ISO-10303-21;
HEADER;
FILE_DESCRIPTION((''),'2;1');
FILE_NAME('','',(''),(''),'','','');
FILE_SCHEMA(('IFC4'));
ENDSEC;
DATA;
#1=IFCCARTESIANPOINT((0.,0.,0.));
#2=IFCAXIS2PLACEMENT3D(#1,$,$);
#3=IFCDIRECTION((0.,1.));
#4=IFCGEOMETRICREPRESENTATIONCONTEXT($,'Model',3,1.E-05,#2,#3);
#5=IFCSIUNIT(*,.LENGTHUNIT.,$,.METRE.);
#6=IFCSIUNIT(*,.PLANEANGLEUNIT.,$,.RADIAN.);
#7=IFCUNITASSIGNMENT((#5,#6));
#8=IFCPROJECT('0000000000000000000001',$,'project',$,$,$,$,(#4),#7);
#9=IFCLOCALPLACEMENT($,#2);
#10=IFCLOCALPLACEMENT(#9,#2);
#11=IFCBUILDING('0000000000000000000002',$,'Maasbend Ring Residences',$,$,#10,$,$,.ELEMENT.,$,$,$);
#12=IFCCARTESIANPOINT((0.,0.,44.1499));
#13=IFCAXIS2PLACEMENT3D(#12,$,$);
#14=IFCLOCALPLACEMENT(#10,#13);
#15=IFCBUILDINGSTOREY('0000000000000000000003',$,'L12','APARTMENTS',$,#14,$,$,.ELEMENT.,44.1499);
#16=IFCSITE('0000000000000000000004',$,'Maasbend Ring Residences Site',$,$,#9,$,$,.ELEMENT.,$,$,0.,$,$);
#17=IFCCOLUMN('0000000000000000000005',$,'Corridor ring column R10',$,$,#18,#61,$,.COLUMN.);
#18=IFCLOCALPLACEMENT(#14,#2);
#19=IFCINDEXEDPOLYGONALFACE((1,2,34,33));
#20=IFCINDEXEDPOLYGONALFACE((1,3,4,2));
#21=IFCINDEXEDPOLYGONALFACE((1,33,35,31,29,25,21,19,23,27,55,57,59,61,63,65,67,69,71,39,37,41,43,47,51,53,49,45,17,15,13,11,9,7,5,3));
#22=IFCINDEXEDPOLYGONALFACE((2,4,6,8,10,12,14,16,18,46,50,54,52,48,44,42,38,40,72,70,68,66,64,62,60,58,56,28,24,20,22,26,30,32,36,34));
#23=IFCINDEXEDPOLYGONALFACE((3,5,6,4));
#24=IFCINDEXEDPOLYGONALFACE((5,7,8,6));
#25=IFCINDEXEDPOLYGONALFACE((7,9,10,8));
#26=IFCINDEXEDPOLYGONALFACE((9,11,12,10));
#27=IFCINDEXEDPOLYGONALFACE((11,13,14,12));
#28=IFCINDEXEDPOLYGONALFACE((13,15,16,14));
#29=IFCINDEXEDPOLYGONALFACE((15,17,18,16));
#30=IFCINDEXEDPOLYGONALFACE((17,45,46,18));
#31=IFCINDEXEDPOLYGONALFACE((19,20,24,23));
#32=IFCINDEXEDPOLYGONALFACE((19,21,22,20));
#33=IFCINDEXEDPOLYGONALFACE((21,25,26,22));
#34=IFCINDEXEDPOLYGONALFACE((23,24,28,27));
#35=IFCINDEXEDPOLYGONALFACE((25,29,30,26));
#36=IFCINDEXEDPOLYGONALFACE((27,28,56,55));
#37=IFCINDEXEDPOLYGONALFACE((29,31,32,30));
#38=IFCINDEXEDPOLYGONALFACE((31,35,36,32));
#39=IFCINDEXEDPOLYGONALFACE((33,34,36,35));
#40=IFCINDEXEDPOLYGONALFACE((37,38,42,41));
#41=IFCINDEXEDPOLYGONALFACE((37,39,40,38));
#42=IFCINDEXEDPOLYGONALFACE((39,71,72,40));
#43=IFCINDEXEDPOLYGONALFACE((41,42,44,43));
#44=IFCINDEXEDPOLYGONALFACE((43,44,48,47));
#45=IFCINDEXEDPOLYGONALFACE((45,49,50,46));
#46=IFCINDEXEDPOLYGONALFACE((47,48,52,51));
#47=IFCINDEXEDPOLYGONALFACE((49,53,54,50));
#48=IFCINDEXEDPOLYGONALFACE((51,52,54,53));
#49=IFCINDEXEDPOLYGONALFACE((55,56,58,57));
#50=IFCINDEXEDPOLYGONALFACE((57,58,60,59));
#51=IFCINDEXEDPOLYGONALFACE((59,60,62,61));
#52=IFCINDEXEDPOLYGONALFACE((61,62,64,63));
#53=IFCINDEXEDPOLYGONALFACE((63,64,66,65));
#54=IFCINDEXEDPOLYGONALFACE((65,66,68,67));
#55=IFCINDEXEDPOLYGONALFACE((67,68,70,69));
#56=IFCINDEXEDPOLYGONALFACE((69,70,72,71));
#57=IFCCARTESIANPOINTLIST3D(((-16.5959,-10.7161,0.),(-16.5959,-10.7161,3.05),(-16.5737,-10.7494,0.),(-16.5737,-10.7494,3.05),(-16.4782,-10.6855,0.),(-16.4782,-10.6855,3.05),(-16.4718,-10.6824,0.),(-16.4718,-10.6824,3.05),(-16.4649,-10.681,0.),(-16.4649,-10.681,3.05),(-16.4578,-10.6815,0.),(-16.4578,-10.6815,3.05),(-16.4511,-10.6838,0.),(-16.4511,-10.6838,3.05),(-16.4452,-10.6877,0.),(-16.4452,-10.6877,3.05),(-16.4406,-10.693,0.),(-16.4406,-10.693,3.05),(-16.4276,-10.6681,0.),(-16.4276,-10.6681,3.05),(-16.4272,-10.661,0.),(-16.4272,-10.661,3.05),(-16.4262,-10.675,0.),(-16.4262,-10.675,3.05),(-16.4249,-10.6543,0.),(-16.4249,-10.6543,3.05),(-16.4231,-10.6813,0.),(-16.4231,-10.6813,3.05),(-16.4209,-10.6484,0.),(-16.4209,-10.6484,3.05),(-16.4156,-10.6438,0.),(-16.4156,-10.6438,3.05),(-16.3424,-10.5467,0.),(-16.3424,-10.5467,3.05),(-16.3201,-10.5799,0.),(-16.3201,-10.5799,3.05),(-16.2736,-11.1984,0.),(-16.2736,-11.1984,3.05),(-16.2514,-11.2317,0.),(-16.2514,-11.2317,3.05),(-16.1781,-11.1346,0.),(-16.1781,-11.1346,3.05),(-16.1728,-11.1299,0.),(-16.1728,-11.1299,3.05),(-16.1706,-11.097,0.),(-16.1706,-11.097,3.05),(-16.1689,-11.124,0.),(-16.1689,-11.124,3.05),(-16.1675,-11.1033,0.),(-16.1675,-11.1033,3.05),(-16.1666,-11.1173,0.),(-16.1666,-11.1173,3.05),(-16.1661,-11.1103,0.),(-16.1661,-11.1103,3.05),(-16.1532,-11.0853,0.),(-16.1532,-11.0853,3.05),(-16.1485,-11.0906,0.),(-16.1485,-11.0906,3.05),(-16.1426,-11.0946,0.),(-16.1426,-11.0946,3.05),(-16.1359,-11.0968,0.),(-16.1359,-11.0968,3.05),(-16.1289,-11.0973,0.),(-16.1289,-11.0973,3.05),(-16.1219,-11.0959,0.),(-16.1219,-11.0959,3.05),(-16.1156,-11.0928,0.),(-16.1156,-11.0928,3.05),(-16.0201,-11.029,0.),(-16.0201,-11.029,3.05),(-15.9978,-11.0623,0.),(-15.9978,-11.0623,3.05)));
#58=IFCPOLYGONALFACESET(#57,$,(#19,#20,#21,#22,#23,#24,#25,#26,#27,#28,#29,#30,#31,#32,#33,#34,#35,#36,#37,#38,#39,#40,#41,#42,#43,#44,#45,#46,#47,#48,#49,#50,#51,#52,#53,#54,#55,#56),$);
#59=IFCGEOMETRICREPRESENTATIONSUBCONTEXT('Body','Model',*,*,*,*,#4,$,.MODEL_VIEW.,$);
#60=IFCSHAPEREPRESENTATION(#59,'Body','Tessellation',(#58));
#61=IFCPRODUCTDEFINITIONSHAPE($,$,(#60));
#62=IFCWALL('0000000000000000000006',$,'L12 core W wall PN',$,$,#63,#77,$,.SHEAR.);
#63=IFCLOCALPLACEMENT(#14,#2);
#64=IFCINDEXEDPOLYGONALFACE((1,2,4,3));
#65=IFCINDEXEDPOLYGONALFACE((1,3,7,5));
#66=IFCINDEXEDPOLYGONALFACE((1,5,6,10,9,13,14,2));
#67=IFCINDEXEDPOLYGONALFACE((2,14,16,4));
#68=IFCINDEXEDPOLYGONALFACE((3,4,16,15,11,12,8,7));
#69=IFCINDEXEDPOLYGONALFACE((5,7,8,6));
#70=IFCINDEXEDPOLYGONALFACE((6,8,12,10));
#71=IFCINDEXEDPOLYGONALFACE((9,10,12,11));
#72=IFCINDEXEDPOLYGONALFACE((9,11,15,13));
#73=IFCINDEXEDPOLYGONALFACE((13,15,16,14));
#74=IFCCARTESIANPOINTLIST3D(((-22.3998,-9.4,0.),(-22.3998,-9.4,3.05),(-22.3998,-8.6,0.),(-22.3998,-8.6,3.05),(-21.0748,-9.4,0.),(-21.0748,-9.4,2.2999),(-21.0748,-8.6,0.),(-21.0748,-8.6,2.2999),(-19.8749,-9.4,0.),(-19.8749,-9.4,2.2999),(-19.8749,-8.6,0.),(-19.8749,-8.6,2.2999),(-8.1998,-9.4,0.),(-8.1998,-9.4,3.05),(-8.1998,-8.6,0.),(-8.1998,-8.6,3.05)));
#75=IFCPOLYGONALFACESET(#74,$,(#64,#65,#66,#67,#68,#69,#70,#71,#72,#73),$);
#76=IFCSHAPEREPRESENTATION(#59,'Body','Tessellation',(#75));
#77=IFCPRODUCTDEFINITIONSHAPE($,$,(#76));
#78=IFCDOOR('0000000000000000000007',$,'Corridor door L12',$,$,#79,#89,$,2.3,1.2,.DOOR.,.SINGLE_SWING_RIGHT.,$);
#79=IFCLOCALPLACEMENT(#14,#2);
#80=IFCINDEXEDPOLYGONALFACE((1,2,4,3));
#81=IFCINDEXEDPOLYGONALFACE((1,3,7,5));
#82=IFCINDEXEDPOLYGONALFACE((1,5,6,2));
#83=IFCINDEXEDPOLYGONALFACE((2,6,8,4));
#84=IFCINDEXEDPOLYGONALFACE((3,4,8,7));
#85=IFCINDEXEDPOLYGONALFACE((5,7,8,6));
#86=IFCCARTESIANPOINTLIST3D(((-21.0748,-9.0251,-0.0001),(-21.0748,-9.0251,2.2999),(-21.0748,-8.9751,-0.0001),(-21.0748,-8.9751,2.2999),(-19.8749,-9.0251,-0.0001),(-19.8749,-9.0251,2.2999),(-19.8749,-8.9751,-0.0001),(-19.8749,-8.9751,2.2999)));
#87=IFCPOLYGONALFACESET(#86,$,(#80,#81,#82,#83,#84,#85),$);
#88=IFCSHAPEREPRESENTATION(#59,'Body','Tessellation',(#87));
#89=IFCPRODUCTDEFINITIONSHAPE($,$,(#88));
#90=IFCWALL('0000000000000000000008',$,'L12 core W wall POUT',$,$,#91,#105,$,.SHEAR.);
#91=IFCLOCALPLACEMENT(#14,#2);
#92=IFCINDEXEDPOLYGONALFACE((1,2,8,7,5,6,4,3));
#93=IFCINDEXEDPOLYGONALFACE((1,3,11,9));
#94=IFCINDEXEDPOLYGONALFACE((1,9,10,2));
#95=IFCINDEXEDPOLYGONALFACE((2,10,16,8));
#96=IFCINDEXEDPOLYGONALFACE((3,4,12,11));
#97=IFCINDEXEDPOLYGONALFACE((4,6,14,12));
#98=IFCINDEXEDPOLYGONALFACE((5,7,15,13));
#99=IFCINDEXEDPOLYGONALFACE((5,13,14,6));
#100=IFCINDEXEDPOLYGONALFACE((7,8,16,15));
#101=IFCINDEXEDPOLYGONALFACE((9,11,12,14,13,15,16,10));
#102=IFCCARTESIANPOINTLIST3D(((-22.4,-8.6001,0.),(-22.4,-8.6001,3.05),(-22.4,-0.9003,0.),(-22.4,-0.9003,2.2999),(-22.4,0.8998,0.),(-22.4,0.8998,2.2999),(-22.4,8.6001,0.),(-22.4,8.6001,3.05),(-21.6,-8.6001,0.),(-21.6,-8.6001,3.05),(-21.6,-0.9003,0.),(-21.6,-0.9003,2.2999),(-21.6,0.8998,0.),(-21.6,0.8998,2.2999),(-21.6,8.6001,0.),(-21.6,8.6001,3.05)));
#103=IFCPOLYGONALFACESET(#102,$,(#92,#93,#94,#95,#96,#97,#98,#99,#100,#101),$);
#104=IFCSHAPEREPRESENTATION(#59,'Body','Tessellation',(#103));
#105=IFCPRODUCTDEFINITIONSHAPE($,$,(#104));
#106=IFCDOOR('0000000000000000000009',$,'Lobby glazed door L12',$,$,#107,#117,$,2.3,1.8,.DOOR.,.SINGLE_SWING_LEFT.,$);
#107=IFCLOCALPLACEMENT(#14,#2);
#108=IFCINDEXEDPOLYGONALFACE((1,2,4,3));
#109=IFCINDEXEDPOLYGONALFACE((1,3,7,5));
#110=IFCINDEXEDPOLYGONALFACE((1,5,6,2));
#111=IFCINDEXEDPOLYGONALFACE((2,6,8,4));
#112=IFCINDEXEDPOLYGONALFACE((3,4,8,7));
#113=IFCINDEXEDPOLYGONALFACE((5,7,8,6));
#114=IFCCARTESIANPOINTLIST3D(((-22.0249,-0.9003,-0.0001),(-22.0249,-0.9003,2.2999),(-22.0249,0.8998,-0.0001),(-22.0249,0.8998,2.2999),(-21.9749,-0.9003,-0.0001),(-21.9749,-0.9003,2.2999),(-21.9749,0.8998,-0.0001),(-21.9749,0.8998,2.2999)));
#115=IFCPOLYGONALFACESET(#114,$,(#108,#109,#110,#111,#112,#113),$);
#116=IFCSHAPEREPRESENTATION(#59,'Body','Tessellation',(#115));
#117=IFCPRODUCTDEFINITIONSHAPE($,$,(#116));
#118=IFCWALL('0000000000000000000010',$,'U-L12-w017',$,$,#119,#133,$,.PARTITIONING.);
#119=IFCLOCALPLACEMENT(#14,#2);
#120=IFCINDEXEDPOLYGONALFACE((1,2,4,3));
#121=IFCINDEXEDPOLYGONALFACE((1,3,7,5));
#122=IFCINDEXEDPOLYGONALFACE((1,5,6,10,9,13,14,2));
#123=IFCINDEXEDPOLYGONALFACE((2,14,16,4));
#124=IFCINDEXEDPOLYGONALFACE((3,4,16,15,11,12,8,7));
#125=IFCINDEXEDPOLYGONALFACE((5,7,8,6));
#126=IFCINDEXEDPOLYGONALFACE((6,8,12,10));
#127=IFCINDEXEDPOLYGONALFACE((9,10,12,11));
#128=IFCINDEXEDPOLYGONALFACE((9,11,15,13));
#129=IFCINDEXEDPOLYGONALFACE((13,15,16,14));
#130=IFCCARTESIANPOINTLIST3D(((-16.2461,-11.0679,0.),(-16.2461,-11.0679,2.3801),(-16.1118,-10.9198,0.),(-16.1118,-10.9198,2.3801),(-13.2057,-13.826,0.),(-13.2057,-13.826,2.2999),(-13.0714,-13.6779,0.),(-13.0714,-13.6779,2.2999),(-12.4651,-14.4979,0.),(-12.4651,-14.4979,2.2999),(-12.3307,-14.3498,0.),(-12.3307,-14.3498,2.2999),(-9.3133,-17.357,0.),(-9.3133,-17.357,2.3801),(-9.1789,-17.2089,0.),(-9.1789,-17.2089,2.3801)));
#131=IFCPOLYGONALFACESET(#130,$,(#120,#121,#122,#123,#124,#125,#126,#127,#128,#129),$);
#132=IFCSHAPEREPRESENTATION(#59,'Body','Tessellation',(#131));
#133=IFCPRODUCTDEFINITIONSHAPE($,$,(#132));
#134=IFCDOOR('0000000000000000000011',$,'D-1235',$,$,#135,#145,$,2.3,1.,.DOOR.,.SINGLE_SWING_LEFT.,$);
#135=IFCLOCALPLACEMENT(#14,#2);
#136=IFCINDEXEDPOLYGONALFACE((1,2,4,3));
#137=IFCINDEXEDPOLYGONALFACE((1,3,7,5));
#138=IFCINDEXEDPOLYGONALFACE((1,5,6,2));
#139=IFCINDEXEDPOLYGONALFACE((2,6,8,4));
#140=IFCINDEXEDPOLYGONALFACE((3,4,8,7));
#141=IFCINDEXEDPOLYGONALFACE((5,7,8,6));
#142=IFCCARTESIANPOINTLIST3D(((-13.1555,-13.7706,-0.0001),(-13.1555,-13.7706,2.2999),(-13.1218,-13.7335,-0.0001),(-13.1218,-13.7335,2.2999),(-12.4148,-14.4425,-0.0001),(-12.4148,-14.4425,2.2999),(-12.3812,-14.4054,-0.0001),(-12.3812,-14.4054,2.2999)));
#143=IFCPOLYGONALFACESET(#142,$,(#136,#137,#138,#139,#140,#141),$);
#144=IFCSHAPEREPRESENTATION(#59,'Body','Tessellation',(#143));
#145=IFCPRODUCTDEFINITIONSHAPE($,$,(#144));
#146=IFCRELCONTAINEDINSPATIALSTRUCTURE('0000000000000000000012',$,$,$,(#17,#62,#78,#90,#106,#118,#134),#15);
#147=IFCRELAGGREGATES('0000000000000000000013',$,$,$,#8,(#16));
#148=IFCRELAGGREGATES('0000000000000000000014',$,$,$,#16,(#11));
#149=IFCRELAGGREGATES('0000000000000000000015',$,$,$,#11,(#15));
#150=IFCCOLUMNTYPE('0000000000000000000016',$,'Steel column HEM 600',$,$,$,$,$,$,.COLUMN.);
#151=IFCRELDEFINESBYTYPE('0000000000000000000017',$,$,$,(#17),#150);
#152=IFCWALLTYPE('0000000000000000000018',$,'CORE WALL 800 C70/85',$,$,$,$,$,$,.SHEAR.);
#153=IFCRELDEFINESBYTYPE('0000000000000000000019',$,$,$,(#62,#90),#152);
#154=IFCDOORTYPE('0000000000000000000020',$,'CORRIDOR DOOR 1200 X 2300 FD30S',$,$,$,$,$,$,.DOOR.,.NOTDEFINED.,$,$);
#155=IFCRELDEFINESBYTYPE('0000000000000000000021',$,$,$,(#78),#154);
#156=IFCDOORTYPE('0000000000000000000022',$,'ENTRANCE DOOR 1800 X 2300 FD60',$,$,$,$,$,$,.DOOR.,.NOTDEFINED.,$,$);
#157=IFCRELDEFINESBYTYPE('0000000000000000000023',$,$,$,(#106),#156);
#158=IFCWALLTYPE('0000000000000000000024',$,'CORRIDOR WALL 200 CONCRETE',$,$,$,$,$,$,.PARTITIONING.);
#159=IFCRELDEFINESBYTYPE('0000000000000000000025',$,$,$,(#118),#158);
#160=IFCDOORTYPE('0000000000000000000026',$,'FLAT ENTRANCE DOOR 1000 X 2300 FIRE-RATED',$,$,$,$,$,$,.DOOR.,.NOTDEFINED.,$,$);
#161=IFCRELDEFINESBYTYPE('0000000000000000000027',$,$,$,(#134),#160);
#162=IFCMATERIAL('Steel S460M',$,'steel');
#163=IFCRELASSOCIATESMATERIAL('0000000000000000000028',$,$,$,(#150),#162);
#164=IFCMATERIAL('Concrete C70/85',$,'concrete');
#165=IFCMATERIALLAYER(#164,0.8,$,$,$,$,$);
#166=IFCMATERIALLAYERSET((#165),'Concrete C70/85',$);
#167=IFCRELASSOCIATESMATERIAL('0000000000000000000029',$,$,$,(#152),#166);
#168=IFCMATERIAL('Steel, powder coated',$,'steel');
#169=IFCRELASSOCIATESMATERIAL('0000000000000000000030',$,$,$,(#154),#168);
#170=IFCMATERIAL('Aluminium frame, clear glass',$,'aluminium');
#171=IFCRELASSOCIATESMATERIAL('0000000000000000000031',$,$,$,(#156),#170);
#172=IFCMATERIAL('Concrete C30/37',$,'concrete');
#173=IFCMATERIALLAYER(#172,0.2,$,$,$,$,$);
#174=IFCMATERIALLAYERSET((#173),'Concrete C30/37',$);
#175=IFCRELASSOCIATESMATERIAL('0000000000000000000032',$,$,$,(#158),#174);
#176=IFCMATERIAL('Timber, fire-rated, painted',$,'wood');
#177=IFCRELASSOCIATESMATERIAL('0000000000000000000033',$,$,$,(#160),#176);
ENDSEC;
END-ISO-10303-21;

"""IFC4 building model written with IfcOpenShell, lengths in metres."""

from ifc_helpers import new_model, si_unit, direction, frame, frame_2d, origin, origin_2d, place, context, subcontext, project, spatial, rectangle, i_section, extrude, material, layer, layer_set, material_profile, profile_set, type_object, element, fill, save


model = new_model("IFC4")

# Units and contexts
model_context = context("Model", 3, precision=1e-05, world=origin(), true_north=direction((0.0, 1.0)))
body_context = subcontext(model_context, "Body", "Model", "MODEL_VIEW")
ifc_project = project(units=[si_unit("LENGTHUNIT", "METRE"), si_unit("PLANEANGLEUNIT", "RADIAN")], contexts=[model_context])

# Site, building, storey
site_placement = place(None, origin())
site = spatial("IfcSite", under=ifc_project, at=site_placement, Name="Maasbend Ring Residences Site", CompositionType="ELEMENT", RefElevation=0.0)
building_placement = place(site_placement, origin())
building = spatial("IfcBuilding", under=site, at=building_placement, Name="Maasbend Ring Residences", CompositionType="ELEMENT")
storey_placement = place(building_placement, frame((0.0, 0.0, 44.1499)))
storey = spatial("IfcBuildingStorey", under=building, at=storey_placement, Name="L12", Description="APARTMENTS", CompositionType="ELEMENT", Elevation=44.1499)

# Column
ifc_material_1 = material(Name="Steel S460M", Category="steel")
ifc_material_profile = material_profile(ifc_material_1, i_section(OverallWidth=0.3049, OverallDepth=0.6201, WebThickness=0.021, FlangeThickness=0.04, FilletRadius=0.0271, at=origin_2d()), Name="HEM 600")
ifc_profile_set = profile_set([ifc_material_profile], Name="Steel S460M")
column_type = type_object("IfcColumnType", Name="Steel column HEM 600", PredefinedType="COLUMN", material=ifc_profile_set)
column_placement = place(storey_placement, frame((-16.2969, -10.8892, 0.0), z_axis=(0.0, 0.0, 1.0), x_axis=(-0.83147, -0.55557, 0.0)))
element("IfcColumn", 1, at=column_placement, inside=storey, type_object=column_type, Name="Corridor ring column R10", PredefinedType="COLUMN", context=body_context, shape_type="SweptSolid", body=[
    extrude(i_section(OverallWidth=0.3049, OverallDepth=0.6201, WebThickness=0.021, FlangeThickness=0.04, FilletRadius=0.0271, at=origin_2d()), origin(), (0.0, 0.0, 1.0), 3.05),
])

# Walls, openings, doors
ifc_material_2 = material(Name="Concrete C70/85", Category="concrete")
ifc_layer_1 = layer(ifc_material_2, 0.8)
ifc_layer_set_1 = layer_set([ifc_layer_1], Name="Concrete C70/85")
wall_type_1 = type_object("IfcWallType", Name="CORE WALL 800 C70/85", PredefinedType="SHEAR", material=ifc_layer_set_1)
wall_1_placement = place(storey_placement, frame((-22.3999, -9.0, 0.0), z_axis=(0.0, 0.0, 1.0), x_axis=(1.0, 0.0, 0.0)))
wall_1 = element("IfcWall", 2, at=wall_1_placement, inside=storey, type_object=wall_type_1, Name="L12 core W wall PN", PredefinedType="SHEAR", context=body_context, shape_type="SweptSolid", body=[
    extrude(rectangle(XDim=14.2, YDim=0.8, at=frame_2d((7.1001, 0.0))), origin(), (0.0, 0.0, 1.0), 3.05),
])
opening_1_placement = place(wall_1_placement, frame((1.325, 0.0, 0.0)))
opening_1 = element("IfcOpeningElement", 3, at=opening_1_placement, cuts=wall_1, PredefinedType="OPENING", context=body_context, shape_type="SweptSolid", body=[
    extrude(rectangle(XDim=1.2, YDim=2.3, at=frame_2d((0.6001, 1.1499))), frame((0.0, 0.4102, 0.0), z_axis=(0.0, -1.0, 0.0), x_axis=(1.0, 0.0, 0.0)), (0.0, 0.0, 1.0), 0.8201),
])
ifc_material_3 = material(Name="Steel, powder coated", Category="steel")
door_type_1 = type_object("IfcDoorType", Name="CORRIDOR DOOR 1200 X 2300 FD30S", OperationType="NOTDEFINED", PredefinedType="DOOR", material=ifc_material_3)
door_1_placement = place(opening_1_placement, origin())
door_1 = element("IfcDoor", 4, at=door_1_placement, inside=storey, type_object=door_type_1, Name="Corridor door L12", OperationType="SINGLE_SWING_RIGHT", OverallHeight=2.3, OverallWidth=1.2, PredefinedType="DOOR", context=body_context, shape_type="SweptSolid", body=[
    extrude(rectangle(XDim=1.2, YDim=2.3, at=frame_2d((0.6001, 1.1499))), frame((0.0, 0.0249, 0.0), z_axis=(0.0, -1.0, 0.0), x_axis=(1.0, 0.0, 0.0)), (0.0, 0.0, 1.0), 0.05),
])
fill(opening_1, door_1)
wall_2_placement = place(storey_placement, frame((-22.0, -8.6001, 0.0), z_axis=(0.0, 0.0, 1.0), x_axis=(0.0, 1.0, 0.0)))
wall_2 = element("IfcWall", 5, at=wall_2_placement, inside=storey, type_object=wall_type_1, Name="L12 core W wall POUT", PredefinedType="SHEAR", context=body_context, shape_type="SweptSolid", body=[
    extrude(rectangle(XDim=17.2002, YDim=0.8, at=frame_2d((8.6001, 0.0))), origin(), (0.0, 0.0, 1.0), 3.05),
])
opening_2_placement = place(wall_2_placement, frame((7.7, 0.0, 0.0)))
opening_2 = element("IfcOpeningElement", 6, at=opening_2_placement, cuts=wall_2, PredefinedType="OPENING", context=body_context, shape_type="SweptSolid", body=[
    extrude(rectangle(XDim=1.8, YDim=2.3, at=frame_2d((0.8999, 1.1499))), frame((0.0, 0.4102, 0.0), z_axis=(0.0, -1.0, 0.0), x_axis=(1.0, 0.0, 0.0)), (0.0, 0.0, 1.0), 0.8201),
])
ifc_material_4 = material(Name="Aluminium frame, clear glass", Category="aluminium")
door_type_2 = type_object("IfcDoorType", Name="ENTRANCE DOOR 1800 X 2300 FD60", OperationType="NOTDEFINED", PredefinedType="DOOR", material=ifc_material_4)
door_2_placement = place(opening_2_placement, origin())
door_2 = element("IfcDoor", 7, at=door_2_placement, inside=storey, type_object=door_type_2, Name="Lobby glazed door L12", OperationType="SINGLE_SWING_LEFT", OverallHeight=2.3, OverallWidth=1.8, PredefinedType="DOOR", context=body_context, shape_type="SweptSolid", body=[
    extrude(rectangle(XDim=1.8, YDim=2.3, at=frame_2d((0.8999, 1.1499))), frame((0.0, 0.0249, 0.0), z_axis=(0.0, -1.0, 0.0), x_axis=(1.0, 0.0, 0.0)), (0.0, 0.0, 1.0), 0.05),
])
fill(opening_2, door_2)
ifc_material_5 = material(Name="Concrete C30/37", Category="concrete")
ifc_layer_2 = layer(ifc_material_5, 0.2)
ifc_layer_set_2 = layer_set([ifc_layer_2], Name="Concrete C30/37")
wall_type_2 = type_object("IfcWallType", Name="CORRIDOR WALL 200 CONCRETE", PredefinedType="PARTITIONING", material=ifc_layer_set_2)
wall_3_placement = place(storey_placement, frame((-16.179, -10.9939, 0.0), z_axis=(0.0, 0.0, 1.0), x_axis=(0.74066, -0.67188, 0.0)))
wall_3 = element("IfcWall", 8, at=wall_3_placement, inside=storey, type_object=wall_type_2, Name="U-L12-w017", PredefinedType="PARTITIONING", context=body_context, shape_type="SweptSolid", body=[
    extrude(rectangle(XDim=9.3604, YDim=0.2, at=frame_2d((4.6802, 0.0))), origin(), (0.0, 0.0, 1.0), 2.3801),
])
opening_3_placement = place(wall_3_placement, frame((4.105, 0.0, 0.0)))
opening_3 = element("IfcOpeningElement", 9, at=opening_3_placement, cuts=wall_3, PredefinedType="OPENING", context=body_context, shape_type="SweptSolid", body=[
    extrude(rectangle(XDim=1.0, YDim=2.3, at=frame_2d((0.5, 1.1499))), frame((0.0, 0.1099, 0.0), z_axis=(0.0, -1.0, 0.0), x_axis=(1.0, 0.0, 0.0)), (0.0, 0.0, 1.0), 0.22),
])
ifc_material_6 = material(Name="Timber, fire-rated, painted", Category="wood")
door_type_3 = type_object("IfcDoorType", Name="FLAT ENTRANCE DOOR 1000 X 2300 FIRE-RATED", OperationType="NOTDEFINED", PredefinedType="DOOR", material=ifc_material_6)
door_3_placement = place(opening_3_placement, origin())
door_3 = element("IfcDoor", 10, at=door_3_placement, inside=storey, type_object=door_type_3, Name="D-1235", OperationType="SINGLE_SWING_LEFT", OverallHeight=2.3, OverallWidth=1.0, PredefinedType="DOOR", context=body_context, shape_type="SweptSolid", body=[
    extrude(rectangle(XDim=1.0, YDim=2.3, at=frame_2d((0.5, 1.1499))), frame((0.0, 0.0249, 0.0), z_axis=(0.0, -1.0, 0.0), x_axis=(1.0, 0.0, 0.0)), (0.0, 0.0, 1.0), 0.05),
])
fill(opening_3, door_3)

save(model, "model.ifc")
